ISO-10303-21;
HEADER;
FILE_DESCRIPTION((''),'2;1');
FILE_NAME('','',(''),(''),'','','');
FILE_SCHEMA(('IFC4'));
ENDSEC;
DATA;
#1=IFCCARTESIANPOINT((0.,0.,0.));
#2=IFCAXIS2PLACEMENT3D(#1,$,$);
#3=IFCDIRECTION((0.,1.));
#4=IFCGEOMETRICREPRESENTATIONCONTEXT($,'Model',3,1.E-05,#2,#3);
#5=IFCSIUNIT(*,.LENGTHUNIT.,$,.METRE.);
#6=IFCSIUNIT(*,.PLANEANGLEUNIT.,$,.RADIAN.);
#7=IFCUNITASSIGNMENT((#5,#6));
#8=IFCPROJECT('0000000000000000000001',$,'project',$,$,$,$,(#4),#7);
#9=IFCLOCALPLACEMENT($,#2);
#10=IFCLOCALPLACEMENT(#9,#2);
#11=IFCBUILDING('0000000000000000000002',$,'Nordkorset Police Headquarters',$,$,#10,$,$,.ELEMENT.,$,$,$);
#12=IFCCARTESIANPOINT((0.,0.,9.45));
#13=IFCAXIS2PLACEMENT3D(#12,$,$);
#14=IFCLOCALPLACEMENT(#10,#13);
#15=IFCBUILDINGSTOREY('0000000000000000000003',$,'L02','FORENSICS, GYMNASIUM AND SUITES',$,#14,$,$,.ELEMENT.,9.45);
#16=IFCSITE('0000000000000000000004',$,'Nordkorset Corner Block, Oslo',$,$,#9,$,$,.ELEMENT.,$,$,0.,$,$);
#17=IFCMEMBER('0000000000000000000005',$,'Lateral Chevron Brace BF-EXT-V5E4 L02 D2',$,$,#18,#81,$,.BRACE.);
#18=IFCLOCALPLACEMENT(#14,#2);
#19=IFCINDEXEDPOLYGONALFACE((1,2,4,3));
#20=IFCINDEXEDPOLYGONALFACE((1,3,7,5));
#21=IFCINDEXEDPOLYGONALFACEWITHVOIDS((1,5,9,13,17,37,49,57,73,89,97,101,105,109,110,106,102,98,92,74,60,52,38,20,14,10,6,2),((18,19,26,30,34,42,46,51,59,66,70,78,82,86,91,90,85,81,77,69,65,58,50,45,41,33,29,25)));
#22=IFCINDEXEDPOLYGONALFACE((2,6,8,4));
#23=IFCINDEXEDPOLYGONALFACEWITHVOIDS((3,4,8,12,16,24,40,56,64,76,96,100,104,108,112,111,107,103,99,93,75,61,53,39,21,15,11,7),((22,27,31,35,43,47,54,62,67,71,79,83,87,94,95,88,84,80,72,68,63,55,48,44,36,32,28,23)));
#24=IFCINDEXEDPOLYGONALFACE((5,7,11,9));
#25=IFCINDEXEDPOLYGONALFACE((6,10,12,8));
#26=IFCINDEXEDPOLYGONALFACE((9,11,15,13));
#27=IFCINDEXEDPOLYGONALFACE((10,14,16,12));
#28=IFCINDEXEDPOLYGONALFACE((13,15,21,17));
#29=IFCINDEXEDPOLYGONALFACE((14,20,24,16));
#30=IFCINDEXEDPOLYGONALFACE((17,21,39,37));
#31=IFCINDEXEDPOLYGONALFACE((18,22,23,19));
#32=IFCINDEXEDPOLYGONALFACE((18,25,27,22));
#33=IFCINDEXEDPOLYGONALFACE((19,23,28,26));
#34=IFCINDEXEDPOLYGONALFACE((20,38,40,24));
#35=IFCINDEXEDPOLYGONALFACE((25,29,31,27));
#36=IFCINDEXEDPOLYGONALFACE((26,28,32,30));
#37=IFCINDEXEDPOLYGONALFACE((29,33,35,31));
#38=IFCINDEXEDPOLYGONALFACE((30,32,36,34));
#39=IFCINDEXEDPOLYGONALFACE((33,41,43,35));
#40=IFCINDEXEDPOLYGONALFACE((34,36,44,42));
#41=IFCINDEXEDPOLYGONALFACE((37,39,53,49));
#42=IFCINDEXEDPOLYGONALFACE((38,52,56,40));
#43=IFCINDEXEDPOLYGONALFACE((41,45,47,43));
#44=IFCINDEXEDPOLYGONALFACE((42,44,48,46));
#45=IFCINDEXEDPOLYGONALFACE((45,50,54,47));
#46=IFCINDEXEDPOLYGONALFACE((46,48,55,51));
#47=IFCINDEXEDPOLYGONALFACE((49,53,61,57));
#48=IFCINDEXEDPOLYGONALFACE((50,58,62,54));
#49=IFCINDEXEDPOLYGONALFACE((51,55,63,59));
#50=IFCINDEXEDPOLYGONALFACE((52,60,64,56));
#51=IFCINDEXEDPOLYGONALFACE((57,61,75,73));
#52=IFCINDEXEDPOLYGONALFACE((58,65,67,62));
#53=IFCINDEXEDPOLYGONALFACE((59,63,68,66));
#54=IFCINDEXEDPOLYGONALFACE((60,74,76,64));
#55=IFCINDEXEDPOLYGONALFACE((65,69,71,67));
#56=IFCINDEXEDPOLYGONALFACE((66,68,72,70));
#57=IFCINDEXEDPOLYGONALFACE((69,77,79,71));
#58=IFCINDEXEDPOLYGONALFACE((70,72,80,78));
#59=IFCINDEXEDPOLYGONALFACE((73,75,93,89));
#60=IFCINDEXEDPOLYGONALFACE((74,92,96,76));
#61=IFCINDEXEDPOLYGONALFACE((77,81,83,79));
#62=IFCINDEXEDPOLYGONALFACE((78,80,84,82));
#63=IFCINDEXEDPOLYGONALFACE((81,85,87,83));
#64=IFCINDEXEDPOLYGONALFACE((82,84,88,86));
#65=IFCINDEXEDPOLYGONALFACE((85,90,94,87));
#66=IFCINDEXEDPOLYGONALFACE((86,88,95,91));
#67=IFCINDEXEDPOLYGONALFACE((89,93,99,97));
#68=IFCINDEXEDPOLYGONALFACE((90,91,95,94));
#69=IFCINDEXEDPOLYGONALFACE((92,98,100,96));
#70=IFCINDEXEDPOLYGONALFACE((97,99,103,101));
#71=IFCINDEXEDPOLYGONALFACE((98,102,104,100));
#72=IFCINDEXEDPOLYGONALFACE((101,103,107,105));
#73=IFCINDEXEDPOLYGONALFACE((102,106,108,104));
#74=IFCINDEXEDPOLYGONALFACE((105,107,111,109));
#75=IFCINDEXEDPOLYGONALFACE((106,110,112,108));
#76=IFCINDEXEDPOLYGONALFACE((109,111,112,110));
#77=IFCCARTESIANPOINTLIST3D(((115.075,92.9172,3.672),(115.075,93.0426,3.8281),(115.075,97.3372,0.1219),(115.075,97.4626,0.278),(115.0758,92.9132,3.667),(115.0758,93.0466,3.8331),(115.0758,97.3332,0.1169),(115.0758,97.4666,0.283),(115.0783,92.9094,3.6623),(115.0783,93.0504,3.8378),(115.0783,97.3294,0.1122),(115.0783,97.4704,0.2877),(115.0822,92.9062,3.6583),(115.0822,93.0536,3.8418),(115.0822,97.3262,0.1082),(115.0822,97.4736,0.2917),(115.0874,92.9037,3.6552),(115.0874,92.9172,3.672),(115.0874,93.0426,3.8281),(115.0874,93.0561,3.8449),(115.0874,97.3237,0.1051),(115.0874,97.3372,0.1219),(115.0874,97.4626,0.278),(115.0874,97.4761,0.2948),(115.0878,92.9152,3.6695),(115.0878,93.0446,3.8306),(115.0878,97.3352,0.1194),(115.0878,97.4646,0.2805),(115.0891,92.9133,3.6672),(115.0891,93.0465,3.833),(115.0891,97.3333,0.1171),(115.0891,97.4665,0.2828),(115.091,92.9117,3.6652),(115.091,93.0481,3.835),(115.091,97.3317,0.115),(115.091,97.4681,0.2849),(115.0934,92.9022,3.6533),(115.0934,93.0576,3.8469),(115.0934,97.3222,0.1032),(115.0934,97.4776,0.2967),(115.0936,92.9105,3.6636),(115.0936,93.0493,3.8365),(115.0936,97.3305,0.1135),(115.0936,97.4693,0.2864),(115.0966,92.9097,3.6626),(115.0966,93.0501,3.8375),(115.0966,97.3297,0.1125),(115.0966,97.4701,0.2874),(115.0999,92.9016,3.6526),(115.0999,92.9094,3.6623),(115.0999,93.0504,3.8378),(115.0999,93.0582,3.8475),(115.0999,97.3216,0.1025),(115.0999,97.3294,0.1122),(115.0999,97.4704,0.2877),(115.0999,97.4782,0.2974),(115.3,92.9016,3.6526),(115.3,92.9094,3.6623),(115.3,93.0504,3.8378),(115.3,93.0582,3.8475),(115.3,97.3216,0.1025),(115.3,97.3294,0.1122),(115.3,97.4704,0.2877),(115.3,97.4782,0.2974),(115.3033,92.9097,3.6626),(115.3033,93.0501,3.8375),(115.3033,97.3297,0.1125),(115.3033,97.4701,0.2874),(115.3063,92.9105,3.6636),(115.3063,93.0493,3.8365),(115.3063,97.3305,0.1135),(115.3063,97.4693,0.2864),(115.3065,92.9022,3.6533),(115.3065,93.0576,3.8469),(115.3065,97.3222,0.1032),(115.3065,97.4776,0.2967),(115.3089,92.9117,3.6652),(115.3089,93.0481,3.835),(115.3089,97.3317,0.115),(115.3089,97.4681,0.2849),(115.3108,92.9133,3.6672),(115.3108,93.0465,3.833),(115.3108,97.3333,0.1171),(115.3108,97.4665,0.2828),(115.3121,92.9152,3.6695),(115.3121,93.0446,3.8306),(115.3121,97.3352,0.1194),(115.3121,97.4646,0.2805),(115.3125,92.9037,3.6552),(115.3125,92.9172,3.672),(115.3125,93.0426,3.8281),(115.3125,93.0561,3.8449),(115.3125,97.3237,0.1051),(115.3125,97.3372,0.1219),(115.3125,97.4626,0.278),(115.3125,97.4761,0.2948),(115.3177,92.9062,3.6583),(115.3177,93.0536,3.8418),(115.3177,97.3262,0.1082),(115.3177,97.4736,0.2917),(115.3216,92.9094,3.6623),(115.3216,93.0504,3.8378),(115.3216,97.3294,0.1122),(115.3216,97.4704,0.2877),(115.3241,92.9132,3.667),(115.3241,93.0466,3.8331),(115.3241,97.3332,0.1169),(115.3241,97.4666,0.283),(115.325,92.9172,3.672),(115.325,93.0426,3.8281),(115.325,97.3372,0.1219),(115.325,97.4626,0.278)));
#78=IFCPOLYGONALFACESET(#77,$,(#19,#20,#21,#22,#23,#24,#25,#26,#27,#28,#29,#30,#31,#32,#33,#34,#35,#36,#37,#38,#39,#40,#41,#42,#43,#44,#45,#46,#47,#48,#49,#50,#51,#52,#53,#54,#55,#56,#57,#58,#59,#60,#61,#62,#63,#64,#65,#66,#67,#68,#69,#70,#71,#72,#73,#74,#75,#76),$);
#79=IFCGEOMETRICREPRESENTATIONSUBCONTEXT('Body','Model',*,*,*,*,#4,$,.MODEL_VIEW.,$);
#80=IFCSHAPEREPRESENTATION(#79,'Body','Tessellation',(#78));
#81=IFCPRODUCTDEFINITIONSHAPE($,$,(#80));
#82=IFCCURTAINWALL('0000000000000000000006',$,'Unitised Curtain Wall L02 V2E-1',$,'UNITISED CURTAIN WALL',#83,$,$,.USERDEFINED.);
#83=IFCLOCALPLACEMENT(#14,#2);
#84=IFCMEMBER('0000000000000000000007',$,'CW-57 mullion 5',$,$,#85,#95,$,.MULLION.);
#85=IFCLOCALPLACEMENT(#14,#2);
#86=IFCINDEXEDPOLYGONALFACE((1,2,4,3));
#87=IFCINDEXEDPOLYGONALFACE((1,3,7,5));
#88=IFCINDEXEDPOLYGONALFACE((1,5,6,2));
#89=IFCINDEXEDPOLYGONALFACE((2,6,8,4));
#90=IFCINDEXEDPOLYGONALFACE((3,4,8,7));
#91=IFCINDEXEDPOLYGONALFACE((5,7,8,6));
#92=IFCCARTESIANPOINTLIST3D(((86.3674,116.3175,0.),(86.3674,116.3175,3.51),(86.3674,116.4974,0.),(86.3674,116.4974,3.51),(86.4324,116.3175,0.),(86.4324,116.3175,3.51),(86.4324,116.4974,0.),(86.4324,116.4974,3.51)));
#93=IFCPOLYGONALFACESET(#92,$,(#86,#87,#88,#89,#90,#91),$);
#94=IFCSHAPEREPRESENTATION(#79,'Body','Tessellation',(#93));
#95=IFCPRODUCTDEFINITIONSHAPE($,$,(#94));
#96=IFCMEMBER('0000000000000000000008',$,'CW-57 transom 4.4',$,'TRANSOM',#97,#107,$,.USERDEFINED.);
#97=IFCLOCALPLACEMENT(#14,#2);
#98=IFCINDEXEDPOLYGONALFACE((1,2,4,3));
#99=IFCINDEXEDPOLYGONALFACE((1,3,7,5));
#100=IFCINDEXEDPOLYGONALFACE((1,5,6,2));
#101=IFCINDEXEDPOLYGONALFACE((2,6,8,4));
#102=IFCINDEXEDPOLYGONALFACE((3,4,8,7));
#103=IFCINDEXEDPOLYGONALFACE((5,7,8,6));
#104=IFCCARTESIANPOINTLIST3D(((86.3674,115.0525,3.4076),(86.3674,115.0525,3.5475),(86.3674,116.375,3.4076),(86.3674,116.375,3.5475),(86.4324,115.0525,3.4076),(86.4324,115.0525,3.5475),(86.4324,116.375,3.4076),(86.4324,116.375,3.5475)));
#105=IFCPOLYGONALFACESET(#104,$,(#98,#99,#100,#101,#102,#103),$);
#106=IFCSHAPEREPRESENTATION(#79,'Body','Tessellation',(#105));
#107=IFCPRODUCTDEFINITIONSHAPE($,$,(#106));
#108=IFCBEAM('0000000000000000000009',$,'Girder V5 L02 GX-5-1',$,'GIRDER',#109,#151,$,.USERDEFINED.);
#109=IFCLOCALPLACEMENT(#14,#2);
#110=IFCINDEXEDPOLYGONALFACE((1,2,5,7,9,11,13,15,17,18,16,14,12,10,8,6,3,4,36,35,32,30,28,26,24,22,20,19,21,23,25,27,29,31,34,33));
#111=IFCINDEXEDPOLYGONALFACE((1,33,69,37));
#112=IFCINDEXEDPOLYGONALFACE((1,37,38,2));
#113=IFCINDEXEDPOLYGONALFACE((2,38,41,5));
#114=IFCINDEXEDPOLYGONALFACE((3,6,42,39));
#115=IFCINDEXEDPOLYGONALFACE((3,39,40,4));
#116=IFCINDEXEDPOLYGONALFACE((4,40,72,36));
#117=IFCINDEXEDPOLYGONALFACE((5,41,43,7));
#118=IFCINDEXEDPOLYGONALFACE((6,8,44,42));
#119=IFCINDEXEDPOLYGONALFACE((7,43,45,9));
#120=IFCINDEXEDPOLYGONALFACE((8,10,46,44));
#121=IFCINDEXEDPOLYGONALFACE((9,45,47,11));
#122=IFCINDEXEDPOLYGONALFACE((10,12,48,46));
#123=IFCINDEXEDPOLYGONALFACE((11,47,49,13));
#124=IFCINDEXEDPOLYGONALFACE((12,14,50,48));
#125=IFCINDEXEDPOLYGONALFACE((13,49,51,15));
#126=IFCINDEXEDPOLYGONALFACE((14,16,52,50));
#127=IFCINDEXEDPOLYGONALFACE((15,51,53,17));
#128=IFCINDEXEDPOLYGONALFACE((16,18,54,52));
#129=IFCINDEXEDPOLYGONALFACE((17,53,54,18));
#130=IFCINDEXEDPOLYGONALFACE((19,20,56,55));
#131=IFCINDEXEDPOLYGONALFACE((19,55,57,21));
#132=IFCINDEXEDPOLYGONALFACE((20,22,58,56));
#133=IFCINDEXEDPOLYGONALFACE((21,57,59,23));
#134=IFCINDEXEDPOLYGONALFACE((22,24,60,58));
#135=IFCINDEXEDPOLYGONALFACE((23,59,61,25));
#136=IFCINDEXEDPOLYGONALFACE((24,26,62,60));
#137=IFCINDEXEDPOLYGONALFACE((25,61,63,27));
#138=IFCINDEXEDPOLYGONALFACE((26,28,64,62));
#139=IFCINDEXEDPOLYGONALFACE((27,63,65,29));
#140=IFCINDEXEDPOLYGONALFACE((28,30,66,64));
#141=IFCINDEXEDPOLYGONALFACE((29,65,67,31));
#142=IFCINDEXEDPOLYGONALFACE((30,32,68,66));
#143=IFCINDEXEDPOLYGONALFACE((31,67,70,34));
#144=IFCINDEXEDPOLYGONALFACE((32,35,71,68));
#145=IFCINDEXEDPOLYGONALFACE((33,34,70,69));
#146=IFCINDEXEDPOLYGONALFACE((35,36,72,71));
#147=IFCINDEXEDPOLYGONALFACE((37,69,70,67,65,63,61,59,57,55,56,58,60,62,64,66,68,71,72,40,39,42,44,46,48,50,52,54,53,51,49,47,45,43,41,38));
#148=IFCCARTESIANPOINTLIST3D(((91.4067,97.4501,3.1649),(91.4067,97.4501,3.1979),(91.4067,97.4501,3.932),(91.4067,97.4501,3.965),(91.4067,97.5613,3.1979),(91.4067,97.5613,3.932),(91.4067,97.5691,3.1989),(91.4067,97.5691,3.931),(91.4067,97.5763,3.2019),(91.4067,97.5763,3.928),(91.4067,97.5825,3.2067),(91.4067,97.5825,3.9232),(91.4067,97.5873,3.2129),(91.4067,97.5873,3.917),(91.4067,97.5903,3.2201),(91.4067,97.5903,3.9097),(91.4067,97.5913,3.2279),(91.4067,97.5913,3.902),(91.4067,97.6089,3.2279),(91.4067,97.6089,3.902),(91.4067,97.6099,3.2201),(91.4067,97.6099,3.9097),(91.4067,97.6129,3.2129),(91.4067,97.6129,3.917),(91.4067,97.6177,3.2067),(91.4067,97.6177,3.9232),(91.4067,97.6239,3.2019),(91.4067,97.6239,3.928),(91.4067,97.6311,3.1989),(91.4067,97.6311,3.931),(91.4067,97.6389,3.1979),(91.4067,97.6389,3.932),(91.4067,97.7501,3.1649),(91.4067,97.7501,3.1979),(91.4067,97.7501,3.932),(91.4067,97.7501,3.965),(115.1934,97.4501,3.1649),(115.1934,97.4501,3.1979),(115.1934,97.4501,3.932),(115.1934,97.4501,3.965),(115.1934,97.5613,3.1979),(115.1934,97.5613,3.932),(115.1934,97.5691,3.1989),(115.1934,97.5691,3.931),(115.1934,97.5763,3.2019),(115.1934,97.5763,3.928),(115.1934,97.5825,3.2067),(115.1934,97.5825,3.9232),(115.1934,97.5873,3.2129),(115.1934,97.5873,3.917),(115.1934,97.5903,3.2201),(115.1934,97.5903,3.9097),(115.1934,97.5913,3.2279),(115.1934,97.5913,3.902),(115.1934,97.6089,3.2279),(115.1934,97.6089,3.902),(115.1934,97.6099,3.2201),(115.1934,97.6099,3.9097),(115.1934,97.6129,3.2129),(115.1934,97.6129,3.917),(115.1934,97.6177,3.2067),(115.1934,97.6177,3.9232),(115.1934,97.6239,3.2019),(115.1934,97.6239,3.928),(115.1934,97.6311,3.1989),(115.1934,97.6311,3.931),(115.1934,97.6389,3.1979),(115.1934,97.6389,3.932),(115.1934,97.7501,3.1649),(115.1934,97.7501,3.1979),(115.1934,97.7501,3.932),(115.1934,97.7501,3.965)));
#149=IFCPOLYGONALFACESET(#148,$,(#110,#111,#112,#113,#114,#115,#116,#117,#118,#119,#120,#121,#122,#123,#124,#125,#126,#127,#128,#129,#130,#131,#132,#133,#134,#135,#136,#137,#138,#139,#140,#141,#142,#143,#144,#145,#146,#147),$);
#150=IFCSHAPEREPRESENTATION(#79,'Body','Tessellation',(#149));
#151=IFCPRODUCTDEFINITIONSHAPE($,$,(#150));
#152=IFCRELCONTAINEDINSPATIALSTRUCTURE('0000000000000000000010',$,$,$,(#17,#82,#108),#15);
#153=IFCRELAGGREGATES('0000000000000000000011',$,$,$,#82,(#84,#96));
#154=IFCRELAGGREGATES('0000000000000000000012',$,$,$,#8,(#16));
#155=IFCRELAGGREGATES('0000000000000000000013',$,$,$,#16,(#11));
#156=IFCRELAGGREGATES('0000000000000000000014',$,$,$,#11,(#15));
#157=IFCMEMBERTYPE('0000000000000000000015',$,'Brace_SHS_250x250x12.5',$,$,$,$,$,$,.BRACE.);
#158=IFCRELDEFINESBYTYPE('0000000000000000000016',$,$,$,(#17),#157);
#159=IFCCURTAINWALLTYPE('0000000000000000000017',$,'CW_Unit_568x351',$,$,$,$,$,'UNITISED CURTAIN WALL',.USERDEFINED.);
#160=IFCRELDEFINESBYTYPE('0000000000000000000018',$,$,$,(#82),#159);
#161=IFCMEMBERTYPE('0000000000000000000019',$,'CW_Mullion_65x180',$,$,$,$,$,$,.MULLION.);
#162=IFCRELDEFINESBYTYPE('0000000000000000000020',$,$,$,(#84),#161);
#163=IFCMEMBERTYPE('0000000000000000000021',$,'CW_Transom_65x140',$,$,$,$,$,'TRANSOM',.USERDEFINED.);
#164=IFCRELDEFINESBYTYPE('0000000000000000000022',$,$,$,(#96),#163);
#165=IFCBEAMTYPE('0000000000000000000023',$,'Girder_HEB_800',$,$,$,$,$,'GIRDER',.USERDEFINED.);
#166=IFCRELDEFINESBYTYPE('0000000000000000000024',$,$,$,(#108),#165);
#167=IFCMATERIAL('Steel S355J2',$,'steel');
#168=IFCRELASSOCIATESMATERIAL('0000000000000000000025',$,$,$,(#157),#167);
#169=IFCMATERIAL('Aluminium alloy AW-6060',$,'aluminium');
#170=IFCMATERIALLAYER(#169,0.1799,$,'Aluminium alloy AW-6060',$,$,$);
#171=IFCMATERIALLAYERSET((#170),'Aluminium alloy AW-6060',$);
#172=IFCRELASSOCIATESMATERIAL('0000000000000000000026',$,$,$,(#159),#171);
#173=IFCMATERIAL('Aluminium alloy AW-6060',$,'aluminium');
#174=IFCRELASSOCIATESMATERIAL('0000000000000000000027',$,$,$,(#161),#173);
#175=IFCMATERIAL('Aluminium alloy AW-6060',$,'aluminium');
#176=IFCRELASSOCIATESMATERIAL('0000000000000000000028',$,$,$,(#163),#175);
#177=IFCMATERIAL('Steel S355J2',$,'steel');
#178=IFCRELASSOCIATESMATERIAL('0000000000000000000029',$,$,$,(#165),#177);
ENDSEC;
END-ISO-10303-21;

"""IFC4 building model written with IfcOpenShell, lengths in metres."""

from ifc_helpers import new_model, si_unit, direction, frame, origin, origin_2d, place, context, subcontext, project, spatial, rectangle, hollow_rectangle, i_section, extrude, material, layer, layer_set, material_profile, profile_set, type_object, element, aggregate, save


model = new_model("IFC4")

# Units and contexts
model_context = context("Model", 3, precision=1e-05, world=origin(), true_north=direction((0.0, 1.0)))
body_context = subcontext(model_context, "Body", "Model", "MODEL_VIEW")
ifc_project = project(units=[si_unit("LENGTHUNIT", "METRE"), si_unit("PLANEANGLEUNIT", "RADIAN")], contexts=[model_context])

# Site, building, storey
site_placement = place(None, origin())
site = spatial("IfcSite", under=ifc_project, at=site_placement, Name="Nordkorset Corner Block, Oslo", CompositionType="ELEMENT", RefElevation=0.0)
building_placement = place(site_placement, origin())
building = spatial("IfcBuilding", under=site, at=building_placement, Name="Nordkorset Police Headquarters", CompositionType="ELEMENT")
storey_placement = place(building_placement, frame((0.0, 0.0, 9.45)))
storey = spatial("IfcBuildingStorey", under=building, at=storey_placement, Name="L02", Description="FORENSICS, GYMNASIUM AND SUITES", CompositionType="ELEMENT", Elevation=9.45)

# Member
ifc_material_1 = material(Name="Steel S355J2", Category="steel")
ifc_material_profile_1 = material_profile(ifc_material_1, hollow_rectangle(XDim=0.25, YDim=0.25, WallThickness=0.0125, InnerFilletRadius=0.0125, OuterFilletRadius=0.0249, at=origin_2d()), Name="SHS 250x250x12.5")
ifc_profile_set_1 = profile_set([ifc_material_profile_1], Name="Steel S355J2")
member_type_1 = type_object("IfcMemberType", Name="Brace_SHS_250x250x12.5", PredefinedType="BRACE", material=ifc_profile_set_1)
member_1_placement = place(storey_placement, frame((115.2, 97.3999, 0.2), z_axis=(0.0, -0.779653, 0.626212), x_axis=(1.0, 0.0, 0.0)))
element("IfcMember", 1, at=member_1_placement, inside=storey, type_object=member_type_1, Name="Lateral Chevron Brace BF-EXT-V5E4 L02 D2", PredefinedType="BRACE", context=body_context, shape_type="SweptSolid", body=[
    extrude(hollow_rectangle(XDim=0.25, YDim=0.25, WallThickness=0.0125, InnerFilletRadius=0.0125, OuterFilletRadius=0.0249, at=origin_2d()), origin(), (0.0, 0.0, 1.0), 5.6692),
])

# Curtain wall, members
ifc_material_2 = material(Name="Aluminium alloy AW-6060", Category="aluminium")
ifc_layer_1 = layer(ifc_material_2, 0.1799, Name="Aluminium alloy AW-6060")
ifc_layer_set_1 = layer_set([ifc_layer_1], Name="Aluminium alloy AW-6060")
curtain_wall_type = type_object("IfcCurtainWallType", Name="CW_Unit_568x351", ElementType="UNITISED CURTAIN WALL", PredefinedType="USERDEFINED", material=ifc_layer_set_1)
curtain_wall_placement = place(storey_placement, origin())
curtain_wall = element("IfcCurtainWall", 2, at=curtain_wall_placement, inside=storey, type_object=curtain_wall_type, Name="Unitised Curtain Wall L02 V2E-1", ObjectType="UNITISED CURTAIN WALL", PredefinedType="USERDEFINED")
ifc_material_3 = material(Name="Aluminium alloy AW-6060", Category="aluminium")
ifc_material_profile_2 = material_profile(ifc_material_3, rectangle(XDim=0.0649, YDim=0.1799, at=origin_2d()), Name="ALU MULL 65x180")
ifc_profile_set_2 = profile_set([ifc_material_profile_2], Name="Aluminium alloy AW-6060")
member_type_2 = type_object("IfcMemberType", Name="CW_Mullion_65x180", PredefinedType="MULLION", material=ifc_profile_set_2)
member_2_placement = place(storey_placement, frame((86.3999, 116.4075, 0.0), z_axis=(0.0, 0.0, 1.0), x_axis=(-1.0, 0.0, 0.0)))
member_2 = element("IfcMember", 3, at=member_2_placement, type_object=member_type_2, Name="CW-57 mullion 5", PredefinedType="MULLION", context=body_context, shape_type="SweptSolid", body=[
    extrude(rectangle(XDim=0.0649, YDim=0.1799, at=origin_2d()), origin(), (0.0, 0.0, 1.0), 3.51),
])
ifc_material_4 = material(Name="Aluminium alloy AW-6060", Category="aluminium")
ifc_material_profile_3 = material_profile(ifc_material_4, rectangle(XDim=0.0649, YDim=0.1399, at=origin_2d()), Name="ALU TRAN 65x140")
ifc_profile_set_3 = profile_set([ifc_material_profile_3], Name="Aluminium alloy AW-6060")
member_type_3 = type_object("IfcMemberType", Name="CW_Transom_65x140", ElementType="TRANSOM", PredefinedType="USERDEFINED", material=ifc_profile_set_3)
member_3_placement = place(storey_placement, frame((86.3999, 115.0525, 3.4775), z_axis=(0.0, 1.0, 0.0), x_axis=(-1.0, 0.0, 0.0)))
member_3 = element("IfcMember", 4, at=member_3_placement, type_object=member_type_3, Name="CW-57 transom 4.4", ObjectType="TRANSOM", PredefinedType="USERDEFINED", context=body_context, shape_type="SweptSolid", body=[
    extrude(rectangle(XDim=0.0649, YDim=0.1399, at=origin_2d()), origin(), (0.0, 0.0, 1.0), 1.3225),
])

# Beam
ifc_material_5 = material(Name="Steel S355J2", Category="steel")
ifc_material_profile_4 = material_profile(ifc_material_5, i_section(OverallWidth=0.3, OverallDepth=0.8, WebThickness=0.0176, FlangeThickness=0.033, FilletRadius=0.03, at=origin_2d()), Name="HEB 800")
ifc_profile_set_4 = profile_set([ifc_material_profile_4], Name="Steel S355J2")
beam_type_1 = type_object("IfcBeamType", Name="Girder_HEB_800", ElementType="GIRDER", PredefinedType="USERDEFINED", material=ifc_profile_set_4)
beam_1_placement = place(storey_placement, frame((91.4067, 97.6001, 3.5649), z_axis=(1.0, 0.0, 0.0), x_axis=(0.0, 1.0, 0.0)))
element("IfcBeam", 5, at=beam_1_placement, inside=storey, type_object=beam_type_1, Name="Girder V5 L02 GX-5-1", ObjectType="GIRDER", PredefinedType="USERDEFINED", context=body_context, shape_type="SweptSolid", body=[
    extrude(i_section(OverallWidth=0.3, OverallDepth=0.8, WebThickness=0.0176, FlangeThickness=0.033, FilletRadius=0.03, at=origin_2d()), origin(), (0.0, 0.0, 1.0), 23.7866),
])

aggregate(curtain_wall, [member_2, member_3])

save(model, "model.ifc")
